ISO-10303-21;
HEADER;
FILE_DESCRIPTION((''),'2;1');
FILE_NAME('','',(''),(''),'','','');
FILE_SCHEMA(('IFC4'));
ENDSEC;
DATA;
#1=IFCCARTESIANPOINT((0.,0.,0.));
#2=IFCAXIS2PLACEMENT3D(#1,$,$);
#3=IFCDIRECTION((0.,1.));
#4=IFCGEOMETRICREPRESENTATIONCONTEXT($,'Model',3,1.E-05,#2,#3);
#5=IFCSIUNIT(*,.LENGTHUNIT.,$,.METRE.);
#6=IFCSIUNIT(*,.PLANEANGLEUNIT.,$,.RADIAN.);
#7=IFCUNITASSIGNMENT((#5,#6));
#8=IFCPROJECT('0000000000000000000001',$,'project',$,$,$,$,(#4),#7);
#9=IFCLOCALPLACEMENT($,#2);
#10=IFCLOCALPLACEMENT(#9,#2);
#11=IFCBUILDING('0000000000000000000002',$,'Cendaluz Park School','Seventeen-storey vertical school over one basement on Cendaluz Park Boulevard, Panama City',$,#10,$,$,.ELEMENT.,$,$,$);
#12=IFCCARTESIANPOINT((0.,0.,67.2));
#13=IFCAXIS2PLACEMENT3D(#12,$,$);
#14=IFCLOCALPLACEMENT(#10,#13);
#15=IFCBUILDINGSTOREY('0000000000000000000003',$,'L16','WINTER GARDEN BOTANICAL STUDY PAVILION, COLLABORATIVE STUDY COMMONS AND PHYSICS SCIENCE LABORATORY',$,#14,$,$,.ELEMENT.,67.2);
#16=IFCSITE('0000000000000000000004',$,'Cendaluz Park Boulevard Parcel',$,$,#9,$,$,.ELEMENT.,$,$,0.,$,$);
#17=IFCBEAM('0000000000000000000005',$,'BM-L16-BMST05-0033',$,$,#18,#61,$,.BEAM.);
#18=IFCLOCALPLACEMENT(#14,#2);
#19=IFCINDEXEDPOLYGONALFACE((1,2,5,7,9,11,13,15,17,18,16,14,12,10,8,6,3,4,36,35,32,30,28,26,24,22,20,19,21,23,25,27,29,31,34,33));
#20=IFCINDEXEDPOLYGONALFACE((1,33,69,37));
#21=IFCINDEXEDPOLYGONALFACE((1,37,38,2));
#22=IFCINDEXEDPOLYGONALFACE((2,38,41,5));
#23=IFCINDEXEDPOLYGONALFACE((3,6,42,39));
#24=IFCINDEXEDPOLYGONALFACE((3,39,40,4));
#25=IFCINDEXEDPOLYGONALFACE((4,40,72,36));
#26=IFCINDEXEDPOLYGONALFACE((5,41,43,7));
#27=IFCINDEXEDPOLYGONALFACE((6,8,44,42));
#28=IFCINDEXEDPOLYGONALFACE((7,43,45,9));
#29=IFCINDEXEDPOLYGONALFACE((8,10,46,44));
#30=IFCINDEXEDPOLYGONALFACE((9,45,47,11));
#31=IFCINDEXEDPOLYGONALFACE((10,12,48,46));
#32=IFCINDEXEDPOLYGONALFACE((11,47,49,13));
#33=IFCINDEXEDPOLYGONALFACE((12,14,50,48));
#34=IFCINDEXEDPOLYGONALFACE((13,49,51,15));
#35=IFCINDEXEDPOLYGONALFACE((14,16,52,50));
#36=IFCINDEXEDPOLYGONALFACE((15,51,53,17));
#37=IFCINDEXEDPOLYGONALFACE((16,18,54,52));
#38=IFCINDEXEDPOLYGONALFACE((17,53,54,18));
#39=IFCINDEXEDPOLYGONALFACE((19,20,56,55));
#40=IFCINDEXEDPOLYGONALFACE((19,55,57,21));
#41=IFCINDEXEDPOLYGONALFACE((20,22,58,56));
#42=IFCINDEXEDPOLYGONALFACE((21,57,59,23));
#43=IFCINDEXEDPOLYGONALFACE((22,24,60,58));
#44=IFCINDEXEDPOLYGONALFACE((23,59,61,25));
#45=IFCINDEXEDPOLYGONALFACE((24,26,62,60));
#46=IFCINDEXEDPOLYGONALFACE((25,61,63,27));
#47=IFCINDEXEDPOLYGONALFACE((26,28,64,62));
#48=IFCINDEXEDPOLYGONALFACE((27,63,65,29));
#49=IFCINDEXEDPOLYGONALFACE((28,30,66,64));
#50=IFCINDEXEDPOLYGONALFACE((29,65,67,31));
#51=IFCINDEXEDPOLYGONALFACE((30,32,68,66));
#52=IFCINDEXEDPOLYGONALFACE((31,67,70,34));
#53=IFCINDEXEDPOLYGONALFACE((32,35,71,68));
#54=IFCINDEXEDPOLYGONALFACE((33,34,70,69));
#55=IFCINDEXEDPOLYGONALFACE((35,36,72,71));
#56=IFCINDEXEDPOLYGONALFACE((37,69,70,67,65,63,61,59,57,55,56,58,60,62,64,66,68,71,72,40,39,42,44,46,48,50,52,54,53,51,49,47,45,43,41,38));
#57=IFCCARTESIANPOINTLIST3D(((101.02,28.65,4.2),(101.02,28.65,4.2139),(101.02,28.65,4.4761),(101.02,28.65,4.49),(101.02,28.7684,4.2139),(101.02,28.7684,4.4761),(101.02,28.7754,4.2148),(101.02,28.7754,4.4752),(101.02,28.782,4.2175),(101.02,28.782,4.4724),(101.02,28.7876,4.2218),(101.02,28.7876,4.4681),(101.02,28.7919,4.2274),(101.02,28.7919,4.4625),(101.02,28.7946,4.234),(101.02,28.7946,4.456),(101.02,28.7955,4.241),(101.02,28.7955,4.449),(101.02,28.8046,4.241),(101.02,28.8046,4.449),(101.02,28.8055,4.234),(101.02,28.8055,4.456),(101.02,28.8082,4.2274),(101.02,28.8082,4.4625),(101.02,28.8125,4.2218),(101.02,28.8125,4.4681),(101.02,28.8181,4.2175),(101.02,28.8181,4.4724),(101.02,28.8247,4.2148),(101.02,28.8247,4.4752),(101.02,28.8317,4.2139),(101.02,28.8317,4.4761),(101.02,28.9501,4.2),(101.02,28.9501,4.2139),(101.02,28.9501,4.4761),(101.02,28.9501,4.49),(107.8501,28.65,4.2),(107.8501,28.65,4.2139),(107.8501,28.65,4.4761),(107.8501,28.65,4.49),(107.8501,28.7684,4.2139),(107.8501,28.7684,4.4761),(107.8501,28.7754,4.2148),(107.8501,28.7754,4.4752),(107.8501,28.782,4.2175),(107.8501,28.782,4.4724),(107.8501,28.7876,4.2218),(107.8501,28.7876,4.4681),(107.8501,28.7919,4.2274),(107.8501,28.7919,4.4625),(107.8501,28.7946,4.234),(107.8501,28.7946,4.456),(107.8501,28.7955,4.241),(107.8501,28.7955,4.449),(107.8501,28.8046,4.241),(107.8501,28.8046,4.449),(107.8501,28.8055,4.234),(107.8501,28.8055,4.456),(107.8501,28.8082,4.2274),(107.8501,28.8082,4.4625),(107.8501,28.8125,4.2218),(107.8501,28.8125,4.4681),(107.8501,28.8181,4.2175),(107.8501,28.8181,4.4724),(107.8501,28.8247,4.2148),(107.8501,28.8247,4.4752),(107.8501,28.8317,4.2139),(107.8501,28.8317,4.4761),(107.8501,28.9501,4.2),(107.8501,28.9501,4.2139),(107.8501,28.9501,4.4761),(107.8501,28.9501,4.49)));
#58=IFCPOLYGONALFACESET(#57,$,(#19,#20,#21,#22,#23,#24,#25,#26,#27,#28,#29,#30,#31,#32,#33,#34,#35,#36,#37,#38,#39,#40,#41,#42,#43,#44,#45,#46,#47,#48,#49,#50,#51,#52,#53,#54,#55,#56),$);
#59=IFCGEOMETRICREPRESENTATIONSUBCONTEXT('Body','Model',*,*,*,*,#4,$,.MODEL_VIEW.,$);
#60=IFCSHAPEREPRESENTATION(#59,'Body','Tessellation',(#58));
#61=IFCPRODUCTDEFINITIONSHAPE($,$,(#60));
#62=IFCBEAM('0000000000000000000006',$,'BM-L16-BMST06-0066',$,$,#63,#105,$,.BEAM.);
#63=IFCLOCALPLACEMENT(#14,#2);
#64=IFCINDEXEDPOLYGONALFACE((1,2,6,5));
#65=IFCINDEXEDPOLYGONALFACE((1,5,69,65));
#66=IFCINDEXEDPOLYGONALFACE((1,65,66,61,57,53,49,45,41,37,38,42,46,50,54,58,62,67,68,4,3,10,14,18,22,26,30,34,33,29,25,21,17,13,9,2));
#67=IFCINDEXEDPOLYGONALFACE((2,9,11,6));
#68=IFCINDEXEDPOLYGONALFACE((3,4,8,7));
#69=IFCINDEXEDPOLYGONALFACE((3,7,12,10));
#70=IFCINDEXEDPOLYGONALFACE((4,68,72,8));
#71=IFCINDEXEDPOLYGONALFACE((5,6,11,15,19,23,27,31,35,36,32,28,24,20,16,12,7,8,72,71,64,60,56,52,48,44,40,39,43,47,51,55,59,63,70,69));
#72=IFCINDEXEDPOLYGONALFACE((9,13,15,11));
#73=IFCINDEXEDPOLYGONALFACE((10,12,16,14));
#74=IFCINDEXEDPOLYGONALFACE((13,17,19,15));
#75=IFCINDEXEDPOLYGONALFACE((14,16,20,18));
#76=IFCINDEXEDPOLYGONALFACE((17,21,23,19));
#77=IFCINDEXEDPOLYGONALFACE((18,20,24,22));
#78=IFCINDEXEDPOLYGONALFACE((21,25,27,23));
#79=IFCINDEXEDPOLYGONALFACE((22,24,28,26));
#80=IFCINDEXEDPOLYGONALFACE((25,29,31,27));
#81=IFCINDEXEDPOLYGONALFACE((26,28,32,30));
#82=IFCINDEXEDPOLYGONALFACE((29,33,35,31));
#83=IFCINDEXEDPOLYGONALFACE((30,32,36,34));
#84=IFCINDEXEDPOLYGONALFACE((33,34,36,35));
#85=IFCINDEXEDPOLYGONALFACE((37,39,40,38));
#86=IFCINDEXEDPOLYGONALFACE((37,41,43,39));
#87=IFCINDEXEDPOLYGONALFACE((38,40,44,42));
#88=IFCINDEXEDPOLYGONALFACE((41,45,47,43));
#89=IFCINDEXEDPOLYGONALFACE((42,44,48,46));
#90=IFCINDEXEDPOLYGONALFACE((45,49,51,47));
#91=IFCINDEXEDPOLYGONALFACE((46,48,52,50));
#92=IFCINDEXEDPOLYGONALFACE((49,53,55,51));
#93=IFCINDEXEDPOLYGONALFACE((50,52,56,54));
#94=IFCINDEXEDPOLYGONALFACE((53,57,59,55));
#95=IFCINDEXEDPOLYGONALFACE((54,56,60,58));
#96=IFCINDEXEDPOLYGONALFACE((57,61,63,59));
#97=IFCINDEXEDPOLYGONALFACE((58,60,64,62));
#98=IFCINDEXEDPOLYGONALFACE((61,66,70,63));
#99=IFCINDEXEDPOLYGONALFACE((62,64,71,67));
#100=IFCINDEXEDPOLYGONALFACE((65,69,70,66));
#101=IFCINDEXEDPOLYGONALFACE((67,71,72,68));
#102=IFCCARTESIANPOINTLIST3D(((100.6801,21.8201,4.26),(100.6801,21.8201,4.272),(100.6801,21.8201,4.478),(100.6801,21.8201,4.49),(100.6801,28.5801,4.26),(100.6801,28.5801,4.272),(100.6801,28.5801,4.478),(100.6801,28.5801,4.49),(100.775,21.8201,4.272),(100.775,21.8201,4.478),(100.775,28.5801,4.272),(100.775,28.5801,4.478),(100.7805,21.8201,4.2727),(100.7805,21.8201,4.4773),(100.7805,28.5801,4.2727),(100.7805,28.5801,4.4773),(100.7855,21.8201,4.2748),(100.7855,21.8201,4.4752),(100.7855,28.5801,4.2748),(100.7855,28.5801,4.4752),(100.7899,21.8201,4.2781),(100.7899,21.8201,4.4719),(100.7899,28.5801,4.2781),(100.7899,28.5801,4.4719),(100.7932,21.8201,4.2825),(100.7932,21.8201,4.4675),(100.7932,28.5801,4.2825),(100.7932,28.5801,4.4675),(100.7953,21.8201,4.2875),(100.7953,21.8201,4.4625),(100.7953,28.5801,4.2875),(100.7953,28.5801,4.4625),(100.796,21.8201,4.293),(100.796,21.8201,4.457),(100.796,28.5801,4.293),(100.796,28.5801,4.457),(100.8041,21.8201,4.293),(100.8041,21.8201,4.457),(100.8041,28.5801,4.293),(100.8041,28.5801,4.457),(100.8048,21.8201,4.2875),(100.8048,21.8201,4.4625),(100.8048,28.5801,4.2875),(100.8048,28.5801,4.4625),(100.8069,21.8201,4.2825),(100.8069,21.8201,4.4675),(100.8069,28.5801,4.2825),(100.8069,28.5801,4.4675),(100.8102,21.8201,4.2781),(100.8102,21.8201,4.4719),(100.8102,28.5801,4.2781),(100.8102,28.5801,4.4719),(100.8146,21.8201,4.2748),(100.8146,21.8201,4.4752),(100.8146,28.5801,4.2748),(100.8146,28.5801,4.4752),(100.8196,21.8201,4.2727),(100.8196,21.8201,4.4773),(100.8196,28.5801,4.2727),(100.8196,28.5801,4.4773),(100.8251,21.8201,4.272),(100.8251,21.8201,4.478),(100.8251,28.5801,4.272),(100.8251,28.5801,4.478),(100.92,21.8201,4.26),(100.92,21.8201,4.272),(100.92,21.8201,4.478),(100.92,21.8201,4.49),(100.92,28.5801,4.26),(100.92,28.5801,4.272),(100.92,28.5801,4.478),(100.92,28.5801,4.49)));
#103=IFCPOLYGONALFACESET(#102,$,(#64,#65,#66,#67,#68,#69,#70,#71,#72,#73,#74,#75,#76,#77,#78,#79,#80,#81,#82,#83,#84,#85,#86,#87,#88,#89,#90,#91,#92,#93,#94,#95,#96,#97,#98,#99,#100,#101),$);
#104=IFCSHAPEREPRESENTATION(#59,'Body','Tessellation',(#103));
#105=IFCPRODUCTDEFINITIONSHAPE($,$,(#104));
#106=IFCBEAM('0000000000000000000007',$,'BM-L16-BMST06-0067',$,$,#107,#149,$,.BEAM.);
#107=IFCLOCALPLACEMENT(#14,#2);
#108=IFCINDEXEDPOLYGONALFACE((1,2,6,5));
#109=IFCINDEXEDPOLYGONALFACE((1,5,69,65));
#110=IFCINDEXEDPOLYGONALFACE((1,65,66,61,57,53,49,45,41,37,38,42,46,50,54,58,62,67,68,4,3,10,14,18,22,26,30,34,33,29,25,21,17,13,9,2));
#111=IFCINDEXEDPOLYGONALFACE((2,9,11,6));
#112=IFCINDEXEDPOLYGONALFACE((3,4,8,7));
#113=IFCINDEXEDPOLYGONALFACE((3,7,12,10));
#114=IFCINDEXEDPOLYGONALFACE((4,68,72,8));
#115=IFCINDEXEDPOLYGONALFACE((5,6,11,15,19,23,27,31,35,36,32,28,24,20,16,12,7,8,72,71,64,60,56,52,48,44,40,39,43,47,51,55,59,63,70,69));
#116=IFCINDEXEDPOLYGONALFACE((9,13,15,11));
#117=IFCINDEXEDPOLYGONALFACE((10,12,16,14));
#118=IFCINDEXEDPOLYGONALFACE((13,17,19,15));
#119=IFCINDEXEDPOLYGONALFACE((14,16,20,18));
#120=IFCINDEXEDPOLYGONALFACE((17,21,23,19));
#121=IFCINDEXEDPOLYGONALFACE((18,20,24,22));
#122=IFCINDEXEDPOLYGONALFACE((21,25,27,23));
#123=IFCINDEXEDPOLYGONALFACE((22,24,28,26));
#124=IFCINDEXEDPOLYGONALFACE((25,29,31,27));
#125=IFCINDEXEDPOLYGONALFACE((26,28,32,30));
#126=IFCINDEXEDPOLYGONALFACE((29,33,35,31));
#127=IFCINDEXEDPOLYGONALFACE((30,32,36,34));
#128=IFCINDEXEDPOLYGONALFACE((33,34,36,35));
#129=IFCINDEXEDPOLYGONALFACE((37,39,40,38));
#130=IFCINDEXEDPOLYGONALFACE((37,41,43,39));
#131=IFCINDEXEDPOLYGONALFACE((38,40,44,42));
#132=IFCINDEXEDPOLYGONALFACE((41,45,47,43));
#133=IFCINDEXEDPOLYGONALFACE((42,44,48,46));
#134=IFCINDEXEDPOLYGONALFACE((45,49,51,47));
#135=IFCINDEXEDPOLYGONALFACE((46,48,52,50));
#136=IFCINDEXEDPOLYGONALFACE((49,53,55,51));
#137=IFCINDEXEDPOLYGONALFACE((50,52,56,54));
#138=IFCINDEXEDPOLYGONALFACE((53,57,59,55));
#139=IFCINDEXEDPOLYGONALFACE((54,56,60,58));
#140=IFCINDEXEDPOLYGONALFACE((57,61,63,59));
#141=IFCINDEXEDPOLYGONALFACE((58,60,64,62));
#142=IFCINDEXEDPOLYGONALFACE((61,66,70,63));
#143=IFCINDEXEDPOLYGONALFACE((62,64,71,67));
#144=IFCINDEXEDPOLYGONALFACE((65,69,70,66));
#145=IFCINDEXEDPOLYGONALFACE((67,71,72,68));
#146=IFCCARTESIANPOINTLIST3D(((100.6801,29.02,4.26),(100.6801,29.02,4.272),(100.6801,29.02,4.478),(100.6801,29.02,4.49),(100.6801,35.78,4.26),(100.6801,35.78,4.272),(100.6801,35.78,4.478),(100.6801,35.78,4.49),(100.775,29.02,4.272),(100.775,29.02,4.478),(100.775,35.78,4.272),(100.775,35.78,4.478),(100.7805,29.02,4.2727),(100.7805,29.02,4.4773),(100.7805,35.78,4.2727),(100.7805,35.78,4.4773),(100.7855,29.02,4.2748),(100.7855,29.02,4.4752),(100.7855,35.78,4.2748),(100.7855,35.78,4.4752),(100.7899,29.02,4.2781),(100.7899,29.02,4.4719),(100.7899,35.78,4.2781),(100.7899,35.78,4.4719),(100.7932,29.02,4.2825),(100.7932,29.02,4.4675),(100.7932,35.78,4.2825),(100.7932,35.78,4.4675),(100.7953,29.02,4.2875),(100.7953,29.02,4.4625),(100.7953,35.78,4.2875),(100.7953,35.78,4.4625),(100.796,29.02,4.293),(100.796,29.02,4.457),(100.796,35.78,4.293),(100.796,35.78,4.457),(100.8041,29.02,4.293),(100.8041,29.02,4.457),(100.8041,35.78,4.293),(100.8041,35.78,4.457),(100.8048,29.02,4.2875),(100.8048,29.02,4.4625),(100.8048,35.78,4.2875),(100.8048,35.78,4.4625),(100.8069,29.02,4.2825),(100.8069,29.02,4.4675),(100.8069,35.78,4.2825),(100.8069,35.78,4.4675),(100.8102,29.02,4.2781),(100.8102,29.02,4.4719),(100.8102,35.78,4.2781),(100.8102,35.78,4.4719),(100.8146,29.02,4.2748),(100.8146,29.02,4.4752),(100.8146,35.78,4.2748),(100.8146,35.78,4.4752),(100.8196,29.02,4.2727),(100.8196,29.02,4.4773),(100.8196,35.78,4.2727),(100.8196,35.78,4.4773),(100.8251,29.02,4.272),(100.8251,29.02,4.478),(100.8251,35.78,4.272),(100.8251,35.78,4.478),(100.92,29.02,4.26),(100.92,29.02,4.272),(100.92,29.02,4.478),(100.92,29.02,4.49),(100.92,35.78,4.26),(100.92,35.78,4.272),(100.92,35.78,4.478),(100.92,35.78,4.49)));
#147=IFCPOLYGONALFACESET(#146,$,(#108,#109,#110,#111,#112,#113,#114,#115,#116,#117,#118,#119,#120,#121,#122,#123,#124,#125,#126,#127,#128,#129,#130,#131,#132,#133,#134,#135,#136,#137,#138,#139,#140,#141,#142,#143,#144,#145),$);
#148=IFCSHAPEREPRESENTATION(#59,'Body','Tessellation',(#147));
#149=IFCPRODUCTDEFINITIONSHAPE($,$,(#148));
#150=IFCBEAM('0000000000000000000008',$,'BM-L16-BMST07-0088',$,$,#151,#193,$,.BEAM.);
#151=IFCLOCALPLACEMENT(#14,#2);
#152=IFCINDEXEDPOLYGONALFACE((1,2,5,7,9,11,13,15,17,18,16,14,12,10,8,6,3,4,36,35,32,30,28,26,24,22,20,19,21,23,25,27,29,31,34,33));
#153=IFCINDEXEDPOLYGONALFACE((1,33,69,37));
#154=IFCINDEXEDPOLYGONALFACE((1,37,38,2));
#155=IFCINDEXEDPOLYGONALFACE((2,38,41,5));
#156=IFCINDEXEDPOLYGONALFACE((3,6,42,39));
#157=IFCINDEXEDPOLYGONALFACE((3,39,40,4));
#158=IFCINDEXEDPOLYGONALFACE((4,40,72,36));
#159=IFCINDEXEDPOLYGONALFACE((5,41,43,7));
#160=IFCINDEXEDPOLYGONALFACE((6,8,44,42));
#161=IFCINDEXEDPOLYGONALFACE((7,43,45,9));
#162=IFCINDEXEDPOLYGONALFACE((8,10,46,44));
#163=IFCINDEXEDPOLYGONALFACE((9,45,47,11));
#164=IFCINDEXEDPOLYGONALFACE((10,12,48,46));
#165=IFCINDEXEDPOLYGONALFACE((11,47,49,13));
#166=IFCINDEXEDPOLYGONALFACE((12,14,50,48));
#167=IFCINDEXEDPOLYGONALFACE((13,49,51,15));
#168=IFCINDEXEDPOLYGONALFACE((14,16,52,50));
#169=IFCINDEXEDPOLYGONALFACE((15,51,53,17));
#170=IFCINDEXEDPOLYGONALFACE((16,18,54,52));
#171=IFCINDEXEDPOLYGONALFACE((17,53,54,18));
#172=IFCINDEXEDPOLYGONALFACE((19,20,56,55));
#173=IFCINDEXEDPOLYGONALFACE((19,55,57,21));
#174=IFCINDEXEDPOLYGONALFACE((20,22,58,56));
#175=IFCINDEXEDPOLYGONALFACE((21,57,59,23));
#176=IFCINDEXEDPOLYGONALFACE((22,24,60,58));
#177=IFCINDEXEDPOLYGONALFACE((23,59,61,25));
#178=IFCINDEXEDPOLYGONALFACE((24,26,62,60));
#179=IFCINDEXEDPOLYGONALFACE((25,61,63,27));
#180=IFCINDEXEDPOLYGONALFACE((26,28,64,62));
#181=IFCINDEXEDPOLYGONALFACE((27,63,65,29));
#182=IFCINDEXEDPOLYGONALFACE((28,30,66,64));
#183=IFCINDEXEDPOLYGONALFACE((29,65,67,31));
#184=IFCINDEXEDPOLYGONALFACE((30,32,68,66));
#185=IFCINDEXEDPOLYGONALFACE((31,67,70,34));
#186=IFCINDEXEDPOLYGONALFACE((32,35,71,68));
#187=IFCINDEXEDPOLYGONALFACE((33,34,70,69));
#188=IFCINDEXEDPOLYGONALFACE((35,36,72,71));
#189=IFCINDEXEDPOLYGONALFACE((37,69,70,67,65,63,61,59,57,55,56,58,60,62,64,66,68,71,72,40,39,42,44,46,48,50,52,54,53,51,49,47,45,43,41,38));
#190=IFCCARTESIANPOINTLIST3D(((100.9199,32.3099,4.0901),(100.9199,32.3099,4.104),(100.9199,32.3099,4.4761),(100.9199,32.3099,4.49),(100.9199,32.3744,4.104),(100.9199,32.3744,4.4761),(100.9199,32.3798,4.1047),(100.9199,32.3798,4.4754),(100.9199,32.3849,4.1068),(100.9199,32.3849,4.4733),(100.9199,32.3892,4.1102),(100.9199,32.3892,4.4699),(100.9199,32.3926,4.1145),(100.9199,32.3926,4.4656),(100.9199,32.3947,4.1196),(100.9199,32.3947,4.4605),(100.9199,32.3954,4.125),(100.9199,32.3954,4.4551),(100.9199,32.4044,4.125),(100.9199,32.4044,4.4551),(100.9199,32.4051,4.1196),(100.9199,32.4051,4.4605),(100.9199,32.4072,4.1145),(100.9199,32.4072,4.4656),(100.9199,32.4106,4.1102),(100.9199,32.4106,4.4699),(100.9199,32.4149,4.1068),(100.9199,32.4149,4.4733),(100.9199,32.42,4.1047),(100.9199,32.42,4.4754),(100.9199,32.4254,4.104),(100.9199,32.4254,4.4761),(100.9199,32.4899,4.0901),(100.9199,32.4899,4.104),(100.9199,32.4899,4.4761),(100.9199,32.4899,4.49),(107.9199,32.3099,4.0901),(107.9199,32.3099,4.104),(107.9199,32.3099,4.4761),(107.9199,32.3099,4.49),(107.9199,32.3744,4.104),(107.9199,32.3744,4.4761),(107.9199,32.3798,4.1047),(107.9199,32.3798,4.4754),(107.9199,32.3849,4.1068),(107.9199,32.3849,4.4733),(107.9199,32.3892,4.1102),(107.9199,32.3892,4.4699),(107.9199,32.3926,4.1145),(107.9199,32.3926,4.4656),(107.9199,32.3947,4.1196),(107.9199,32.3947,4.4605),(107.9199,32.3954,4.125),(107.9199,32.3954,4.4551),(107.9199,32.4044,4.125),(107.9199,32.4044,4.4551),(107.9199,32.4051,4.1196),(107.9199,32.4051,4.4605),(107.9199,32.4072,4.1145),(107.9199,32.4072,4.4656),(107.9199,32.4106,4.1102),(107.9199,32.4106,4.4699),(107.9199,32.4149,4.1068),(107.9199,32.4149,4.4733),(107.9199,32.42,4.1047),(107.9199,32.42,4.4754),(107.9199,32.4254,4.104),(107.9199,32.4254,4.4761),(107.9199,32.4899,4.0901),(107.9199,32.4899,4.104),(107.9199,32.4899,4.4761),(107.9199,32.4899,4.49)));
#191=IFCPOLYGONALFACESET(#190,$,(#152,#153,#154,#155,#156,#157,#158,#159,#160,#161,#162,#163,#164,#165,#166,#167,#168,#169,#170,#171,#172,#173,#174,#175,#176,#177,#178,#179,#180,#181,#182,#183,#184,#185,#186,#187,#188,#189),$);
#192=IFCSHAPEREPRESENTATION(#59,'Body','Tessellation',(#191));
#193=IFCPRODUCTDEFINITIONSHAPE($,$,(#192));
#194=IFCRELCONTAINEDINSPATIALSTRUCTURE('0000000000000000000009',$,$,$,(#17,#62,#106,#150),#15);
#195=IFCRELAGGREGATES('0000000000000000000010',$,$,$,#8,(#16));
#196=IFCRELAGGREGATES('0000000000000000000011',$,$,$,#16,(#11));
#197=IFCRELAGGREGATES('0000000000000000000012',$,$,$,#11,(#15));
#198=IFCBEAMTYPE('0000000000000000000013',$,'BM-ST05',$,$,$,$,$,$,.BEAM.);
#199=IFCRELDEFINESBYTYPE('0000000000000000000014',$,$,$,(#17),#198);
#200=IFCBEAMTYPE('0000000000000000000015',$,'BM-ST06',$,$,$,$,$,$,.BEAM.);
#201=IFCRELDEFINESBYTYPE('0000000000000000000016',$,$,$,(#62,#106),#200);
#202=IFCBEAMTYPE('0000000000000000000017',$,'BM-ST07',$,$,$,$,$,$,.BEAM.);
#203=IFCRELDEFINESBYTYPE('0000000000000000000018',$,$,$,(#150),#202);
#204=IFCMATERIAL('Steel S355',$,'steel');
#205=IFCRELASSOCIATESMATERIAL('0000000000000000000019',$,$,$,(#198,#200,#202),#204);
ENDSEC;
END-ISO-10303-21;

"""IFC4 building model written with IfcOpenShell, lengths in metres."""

from ifc_helpers import new_model, si_unit, direction, frame, origin, origin_2d, place, context, subcontext, project, spatial, i_section, extrude, material, material_profile, profile_set, type_object, element, save


model = new_model("IFC4")

# Units and contexts
model_context = context("Model", 3, precision=1e-05, world=origin(), true_north=direction((0.0, 1.0)))
body_context = subcontext(model_context, "Body", "Model", "MODEL_VIEW")
ifc_project = project(units=[si_unit("LENGTHUNIT", "METRE"), si_unit("PLANEANGLEUNIT", "RADIAN")], contexts=[model_context])

# Site, building, storey
site_placement = place(None, origin())
site = spatial("IfcSite", under=ifc_project, at=site_placement, Name="Cendaluz Park Boulevard Parcel", CompositionType="ELEMENT", RefElevation=0.0)
building_placement = place(site_placement, origin())
building = spatial("IfcBuilding", under=site, at=building_placement, Name="Cendaluz Park School", Description="Seventeen-storey vertical school over one basement on Cendaluz Park Boulevard, Panama City", CompositionType="ELEMENT")
storey_placement = place(building_placement, frame((0.0, 0.0, 67.2)))
storey = spatial("IfcBuildingStorey", under=building, at=storey_placement, Name="L16", Description="WINTER GARDEN BOTANICAL STUDY PAVILION, COLLABORATIVE STUDY COMMONS AND PHYSICS SCIENCE LABORATORY", CompositionType="ELEMENT", Elevation=67.2)

# Shared definitions
ifc_material_1 = material(Name="Steel S355", Category="steel")

# Beams
ifc_material_profile_1 = material_profile(ifc_material_1, i_section(OverallWidth=0.3, OverallDepth=0.29, WebThickness=0.009, FlangeThickness=0.0139, FilletRadius=0.0271, at=origin_2d()), Name="HEA 300", Category="steel")
ifc_profile_set_1 = profile_set([ifc_material_profile_1], Name="Steel S355")
beam_type_1 = type_object("IfcBeamType", Name="BM-ST05", PredefinedType="BEAM", material=ifc_profile_set_1)
beam_1_placement = place(storey_placement, frame((101.02, 28.8, 4.345), z_axis=(1.0, 0.0, 0.0), x_axis=(0.0, 1.0, 0.0)))
element("IfcBeam", 1, at=beam_1_placement, inside=storey, type_object=beam_type_1, Name="BM-L16-BMST05-0033", PredefinedType="BEAM", context=body_context, shape_type="SweptSolid", body=[
    extrude(i_section(OverallWidth=0.3, OverallDepth=0.29, WebThickness=0.009, FlangeThickness=0.0139, FilletRadius=0.0271, at=origin_2d()), origin(), (0.0, 0.0, 1.0), 6.8301),
])
ifc_material_profile_2 = material_profile(ifc_material_1, i_section(OverallWidth=0.24, OverallDepth=0.23, WebThickness=0.0081, FlangeThickness=0.012, FilletRadius=0.021, at=origin_2d()), Name="HEA 240", Category="steel")
ifc_profile_set_2 = profile_set([ifc_material_profile_2], Name="Steel S355")
beam_type_2 = type_object("IfcBeamType", Name="BM-ST06", PredefinedType="BEAM", material=ifc_profile_set_2)
for number, where, z_axis, x_axis, name in (
    (2, (100.8, 21.8201, 4.375), (0.0, 1.0, 0.0), (-1.0, 0.0, 0.0), "BM-L16-BMST06-0066"),
    (3, (100.8, 29.02, 4.375), (0.0, 1.0, 0.0), (-1.0, 0.0, 0.0), "BM-L16-BMST06-0067"),
):
    element("IfcBeam", number, at=place(storey_placement, frame(where, z_axis=z_axis, x_axis=x_axis)), inside=storey, type_object=beam_type_2, Name=name, PredefinedType="BEAM", context=body_context, shape_type="SweptSolid", body=[
        extrude(i_section(OverallWidth=0.24, OverallDepth=0.23, WebThickness=0.0081, FlangeThickness=0.012, FilletRadius=0.021, at=origin_2d()), origin(), (0.0, 0.0, 1.0), 6.76),
    ])
ifc_material_profile_3 = material_profile(ifc_material_1, i_section(OverallWidth=0.1799, OverallDepth=0.3999, WebThickness=0.009, FlangeThickness=0.0139, FilletRadius=0.021, at=origin_2d()), Name="IPE 400", Category="steel")
ifc_profile_set_3 = profile_set([ifc_material_profile_3], Name="Steel S355")
beam_type_3 = type_object("IfcBeamType", Name="BM-ST07", PredefinedType="BEAM", material=ifc_profile_set_3)
beam_2_placement = place(storey_placement, frame((100.9199, 32.3999, 4.29), z_axis=(1.0, 0.0, 0.0), x_axis=(0.0, 1.0, 0.0)))
element("IfcBeam", 4, at=beam_2_placement, inside=storey, type_object=beam_type_3, Name="BM-L16-BMST07-0088", PredefinedType="BEAM", context=body_context, shape_type="SweptSolid", body=[
    extrude(i_section(OverallWidth=0.1799, OverallDepth=0.3999, WebThickness=0.009, FlangeThickness=0.0139, FilletRadius=0.021, at=origin_2d()), origin(), (0.0, 0.0, 1.0), 7.0),
])

save(model, "model.ifc")
